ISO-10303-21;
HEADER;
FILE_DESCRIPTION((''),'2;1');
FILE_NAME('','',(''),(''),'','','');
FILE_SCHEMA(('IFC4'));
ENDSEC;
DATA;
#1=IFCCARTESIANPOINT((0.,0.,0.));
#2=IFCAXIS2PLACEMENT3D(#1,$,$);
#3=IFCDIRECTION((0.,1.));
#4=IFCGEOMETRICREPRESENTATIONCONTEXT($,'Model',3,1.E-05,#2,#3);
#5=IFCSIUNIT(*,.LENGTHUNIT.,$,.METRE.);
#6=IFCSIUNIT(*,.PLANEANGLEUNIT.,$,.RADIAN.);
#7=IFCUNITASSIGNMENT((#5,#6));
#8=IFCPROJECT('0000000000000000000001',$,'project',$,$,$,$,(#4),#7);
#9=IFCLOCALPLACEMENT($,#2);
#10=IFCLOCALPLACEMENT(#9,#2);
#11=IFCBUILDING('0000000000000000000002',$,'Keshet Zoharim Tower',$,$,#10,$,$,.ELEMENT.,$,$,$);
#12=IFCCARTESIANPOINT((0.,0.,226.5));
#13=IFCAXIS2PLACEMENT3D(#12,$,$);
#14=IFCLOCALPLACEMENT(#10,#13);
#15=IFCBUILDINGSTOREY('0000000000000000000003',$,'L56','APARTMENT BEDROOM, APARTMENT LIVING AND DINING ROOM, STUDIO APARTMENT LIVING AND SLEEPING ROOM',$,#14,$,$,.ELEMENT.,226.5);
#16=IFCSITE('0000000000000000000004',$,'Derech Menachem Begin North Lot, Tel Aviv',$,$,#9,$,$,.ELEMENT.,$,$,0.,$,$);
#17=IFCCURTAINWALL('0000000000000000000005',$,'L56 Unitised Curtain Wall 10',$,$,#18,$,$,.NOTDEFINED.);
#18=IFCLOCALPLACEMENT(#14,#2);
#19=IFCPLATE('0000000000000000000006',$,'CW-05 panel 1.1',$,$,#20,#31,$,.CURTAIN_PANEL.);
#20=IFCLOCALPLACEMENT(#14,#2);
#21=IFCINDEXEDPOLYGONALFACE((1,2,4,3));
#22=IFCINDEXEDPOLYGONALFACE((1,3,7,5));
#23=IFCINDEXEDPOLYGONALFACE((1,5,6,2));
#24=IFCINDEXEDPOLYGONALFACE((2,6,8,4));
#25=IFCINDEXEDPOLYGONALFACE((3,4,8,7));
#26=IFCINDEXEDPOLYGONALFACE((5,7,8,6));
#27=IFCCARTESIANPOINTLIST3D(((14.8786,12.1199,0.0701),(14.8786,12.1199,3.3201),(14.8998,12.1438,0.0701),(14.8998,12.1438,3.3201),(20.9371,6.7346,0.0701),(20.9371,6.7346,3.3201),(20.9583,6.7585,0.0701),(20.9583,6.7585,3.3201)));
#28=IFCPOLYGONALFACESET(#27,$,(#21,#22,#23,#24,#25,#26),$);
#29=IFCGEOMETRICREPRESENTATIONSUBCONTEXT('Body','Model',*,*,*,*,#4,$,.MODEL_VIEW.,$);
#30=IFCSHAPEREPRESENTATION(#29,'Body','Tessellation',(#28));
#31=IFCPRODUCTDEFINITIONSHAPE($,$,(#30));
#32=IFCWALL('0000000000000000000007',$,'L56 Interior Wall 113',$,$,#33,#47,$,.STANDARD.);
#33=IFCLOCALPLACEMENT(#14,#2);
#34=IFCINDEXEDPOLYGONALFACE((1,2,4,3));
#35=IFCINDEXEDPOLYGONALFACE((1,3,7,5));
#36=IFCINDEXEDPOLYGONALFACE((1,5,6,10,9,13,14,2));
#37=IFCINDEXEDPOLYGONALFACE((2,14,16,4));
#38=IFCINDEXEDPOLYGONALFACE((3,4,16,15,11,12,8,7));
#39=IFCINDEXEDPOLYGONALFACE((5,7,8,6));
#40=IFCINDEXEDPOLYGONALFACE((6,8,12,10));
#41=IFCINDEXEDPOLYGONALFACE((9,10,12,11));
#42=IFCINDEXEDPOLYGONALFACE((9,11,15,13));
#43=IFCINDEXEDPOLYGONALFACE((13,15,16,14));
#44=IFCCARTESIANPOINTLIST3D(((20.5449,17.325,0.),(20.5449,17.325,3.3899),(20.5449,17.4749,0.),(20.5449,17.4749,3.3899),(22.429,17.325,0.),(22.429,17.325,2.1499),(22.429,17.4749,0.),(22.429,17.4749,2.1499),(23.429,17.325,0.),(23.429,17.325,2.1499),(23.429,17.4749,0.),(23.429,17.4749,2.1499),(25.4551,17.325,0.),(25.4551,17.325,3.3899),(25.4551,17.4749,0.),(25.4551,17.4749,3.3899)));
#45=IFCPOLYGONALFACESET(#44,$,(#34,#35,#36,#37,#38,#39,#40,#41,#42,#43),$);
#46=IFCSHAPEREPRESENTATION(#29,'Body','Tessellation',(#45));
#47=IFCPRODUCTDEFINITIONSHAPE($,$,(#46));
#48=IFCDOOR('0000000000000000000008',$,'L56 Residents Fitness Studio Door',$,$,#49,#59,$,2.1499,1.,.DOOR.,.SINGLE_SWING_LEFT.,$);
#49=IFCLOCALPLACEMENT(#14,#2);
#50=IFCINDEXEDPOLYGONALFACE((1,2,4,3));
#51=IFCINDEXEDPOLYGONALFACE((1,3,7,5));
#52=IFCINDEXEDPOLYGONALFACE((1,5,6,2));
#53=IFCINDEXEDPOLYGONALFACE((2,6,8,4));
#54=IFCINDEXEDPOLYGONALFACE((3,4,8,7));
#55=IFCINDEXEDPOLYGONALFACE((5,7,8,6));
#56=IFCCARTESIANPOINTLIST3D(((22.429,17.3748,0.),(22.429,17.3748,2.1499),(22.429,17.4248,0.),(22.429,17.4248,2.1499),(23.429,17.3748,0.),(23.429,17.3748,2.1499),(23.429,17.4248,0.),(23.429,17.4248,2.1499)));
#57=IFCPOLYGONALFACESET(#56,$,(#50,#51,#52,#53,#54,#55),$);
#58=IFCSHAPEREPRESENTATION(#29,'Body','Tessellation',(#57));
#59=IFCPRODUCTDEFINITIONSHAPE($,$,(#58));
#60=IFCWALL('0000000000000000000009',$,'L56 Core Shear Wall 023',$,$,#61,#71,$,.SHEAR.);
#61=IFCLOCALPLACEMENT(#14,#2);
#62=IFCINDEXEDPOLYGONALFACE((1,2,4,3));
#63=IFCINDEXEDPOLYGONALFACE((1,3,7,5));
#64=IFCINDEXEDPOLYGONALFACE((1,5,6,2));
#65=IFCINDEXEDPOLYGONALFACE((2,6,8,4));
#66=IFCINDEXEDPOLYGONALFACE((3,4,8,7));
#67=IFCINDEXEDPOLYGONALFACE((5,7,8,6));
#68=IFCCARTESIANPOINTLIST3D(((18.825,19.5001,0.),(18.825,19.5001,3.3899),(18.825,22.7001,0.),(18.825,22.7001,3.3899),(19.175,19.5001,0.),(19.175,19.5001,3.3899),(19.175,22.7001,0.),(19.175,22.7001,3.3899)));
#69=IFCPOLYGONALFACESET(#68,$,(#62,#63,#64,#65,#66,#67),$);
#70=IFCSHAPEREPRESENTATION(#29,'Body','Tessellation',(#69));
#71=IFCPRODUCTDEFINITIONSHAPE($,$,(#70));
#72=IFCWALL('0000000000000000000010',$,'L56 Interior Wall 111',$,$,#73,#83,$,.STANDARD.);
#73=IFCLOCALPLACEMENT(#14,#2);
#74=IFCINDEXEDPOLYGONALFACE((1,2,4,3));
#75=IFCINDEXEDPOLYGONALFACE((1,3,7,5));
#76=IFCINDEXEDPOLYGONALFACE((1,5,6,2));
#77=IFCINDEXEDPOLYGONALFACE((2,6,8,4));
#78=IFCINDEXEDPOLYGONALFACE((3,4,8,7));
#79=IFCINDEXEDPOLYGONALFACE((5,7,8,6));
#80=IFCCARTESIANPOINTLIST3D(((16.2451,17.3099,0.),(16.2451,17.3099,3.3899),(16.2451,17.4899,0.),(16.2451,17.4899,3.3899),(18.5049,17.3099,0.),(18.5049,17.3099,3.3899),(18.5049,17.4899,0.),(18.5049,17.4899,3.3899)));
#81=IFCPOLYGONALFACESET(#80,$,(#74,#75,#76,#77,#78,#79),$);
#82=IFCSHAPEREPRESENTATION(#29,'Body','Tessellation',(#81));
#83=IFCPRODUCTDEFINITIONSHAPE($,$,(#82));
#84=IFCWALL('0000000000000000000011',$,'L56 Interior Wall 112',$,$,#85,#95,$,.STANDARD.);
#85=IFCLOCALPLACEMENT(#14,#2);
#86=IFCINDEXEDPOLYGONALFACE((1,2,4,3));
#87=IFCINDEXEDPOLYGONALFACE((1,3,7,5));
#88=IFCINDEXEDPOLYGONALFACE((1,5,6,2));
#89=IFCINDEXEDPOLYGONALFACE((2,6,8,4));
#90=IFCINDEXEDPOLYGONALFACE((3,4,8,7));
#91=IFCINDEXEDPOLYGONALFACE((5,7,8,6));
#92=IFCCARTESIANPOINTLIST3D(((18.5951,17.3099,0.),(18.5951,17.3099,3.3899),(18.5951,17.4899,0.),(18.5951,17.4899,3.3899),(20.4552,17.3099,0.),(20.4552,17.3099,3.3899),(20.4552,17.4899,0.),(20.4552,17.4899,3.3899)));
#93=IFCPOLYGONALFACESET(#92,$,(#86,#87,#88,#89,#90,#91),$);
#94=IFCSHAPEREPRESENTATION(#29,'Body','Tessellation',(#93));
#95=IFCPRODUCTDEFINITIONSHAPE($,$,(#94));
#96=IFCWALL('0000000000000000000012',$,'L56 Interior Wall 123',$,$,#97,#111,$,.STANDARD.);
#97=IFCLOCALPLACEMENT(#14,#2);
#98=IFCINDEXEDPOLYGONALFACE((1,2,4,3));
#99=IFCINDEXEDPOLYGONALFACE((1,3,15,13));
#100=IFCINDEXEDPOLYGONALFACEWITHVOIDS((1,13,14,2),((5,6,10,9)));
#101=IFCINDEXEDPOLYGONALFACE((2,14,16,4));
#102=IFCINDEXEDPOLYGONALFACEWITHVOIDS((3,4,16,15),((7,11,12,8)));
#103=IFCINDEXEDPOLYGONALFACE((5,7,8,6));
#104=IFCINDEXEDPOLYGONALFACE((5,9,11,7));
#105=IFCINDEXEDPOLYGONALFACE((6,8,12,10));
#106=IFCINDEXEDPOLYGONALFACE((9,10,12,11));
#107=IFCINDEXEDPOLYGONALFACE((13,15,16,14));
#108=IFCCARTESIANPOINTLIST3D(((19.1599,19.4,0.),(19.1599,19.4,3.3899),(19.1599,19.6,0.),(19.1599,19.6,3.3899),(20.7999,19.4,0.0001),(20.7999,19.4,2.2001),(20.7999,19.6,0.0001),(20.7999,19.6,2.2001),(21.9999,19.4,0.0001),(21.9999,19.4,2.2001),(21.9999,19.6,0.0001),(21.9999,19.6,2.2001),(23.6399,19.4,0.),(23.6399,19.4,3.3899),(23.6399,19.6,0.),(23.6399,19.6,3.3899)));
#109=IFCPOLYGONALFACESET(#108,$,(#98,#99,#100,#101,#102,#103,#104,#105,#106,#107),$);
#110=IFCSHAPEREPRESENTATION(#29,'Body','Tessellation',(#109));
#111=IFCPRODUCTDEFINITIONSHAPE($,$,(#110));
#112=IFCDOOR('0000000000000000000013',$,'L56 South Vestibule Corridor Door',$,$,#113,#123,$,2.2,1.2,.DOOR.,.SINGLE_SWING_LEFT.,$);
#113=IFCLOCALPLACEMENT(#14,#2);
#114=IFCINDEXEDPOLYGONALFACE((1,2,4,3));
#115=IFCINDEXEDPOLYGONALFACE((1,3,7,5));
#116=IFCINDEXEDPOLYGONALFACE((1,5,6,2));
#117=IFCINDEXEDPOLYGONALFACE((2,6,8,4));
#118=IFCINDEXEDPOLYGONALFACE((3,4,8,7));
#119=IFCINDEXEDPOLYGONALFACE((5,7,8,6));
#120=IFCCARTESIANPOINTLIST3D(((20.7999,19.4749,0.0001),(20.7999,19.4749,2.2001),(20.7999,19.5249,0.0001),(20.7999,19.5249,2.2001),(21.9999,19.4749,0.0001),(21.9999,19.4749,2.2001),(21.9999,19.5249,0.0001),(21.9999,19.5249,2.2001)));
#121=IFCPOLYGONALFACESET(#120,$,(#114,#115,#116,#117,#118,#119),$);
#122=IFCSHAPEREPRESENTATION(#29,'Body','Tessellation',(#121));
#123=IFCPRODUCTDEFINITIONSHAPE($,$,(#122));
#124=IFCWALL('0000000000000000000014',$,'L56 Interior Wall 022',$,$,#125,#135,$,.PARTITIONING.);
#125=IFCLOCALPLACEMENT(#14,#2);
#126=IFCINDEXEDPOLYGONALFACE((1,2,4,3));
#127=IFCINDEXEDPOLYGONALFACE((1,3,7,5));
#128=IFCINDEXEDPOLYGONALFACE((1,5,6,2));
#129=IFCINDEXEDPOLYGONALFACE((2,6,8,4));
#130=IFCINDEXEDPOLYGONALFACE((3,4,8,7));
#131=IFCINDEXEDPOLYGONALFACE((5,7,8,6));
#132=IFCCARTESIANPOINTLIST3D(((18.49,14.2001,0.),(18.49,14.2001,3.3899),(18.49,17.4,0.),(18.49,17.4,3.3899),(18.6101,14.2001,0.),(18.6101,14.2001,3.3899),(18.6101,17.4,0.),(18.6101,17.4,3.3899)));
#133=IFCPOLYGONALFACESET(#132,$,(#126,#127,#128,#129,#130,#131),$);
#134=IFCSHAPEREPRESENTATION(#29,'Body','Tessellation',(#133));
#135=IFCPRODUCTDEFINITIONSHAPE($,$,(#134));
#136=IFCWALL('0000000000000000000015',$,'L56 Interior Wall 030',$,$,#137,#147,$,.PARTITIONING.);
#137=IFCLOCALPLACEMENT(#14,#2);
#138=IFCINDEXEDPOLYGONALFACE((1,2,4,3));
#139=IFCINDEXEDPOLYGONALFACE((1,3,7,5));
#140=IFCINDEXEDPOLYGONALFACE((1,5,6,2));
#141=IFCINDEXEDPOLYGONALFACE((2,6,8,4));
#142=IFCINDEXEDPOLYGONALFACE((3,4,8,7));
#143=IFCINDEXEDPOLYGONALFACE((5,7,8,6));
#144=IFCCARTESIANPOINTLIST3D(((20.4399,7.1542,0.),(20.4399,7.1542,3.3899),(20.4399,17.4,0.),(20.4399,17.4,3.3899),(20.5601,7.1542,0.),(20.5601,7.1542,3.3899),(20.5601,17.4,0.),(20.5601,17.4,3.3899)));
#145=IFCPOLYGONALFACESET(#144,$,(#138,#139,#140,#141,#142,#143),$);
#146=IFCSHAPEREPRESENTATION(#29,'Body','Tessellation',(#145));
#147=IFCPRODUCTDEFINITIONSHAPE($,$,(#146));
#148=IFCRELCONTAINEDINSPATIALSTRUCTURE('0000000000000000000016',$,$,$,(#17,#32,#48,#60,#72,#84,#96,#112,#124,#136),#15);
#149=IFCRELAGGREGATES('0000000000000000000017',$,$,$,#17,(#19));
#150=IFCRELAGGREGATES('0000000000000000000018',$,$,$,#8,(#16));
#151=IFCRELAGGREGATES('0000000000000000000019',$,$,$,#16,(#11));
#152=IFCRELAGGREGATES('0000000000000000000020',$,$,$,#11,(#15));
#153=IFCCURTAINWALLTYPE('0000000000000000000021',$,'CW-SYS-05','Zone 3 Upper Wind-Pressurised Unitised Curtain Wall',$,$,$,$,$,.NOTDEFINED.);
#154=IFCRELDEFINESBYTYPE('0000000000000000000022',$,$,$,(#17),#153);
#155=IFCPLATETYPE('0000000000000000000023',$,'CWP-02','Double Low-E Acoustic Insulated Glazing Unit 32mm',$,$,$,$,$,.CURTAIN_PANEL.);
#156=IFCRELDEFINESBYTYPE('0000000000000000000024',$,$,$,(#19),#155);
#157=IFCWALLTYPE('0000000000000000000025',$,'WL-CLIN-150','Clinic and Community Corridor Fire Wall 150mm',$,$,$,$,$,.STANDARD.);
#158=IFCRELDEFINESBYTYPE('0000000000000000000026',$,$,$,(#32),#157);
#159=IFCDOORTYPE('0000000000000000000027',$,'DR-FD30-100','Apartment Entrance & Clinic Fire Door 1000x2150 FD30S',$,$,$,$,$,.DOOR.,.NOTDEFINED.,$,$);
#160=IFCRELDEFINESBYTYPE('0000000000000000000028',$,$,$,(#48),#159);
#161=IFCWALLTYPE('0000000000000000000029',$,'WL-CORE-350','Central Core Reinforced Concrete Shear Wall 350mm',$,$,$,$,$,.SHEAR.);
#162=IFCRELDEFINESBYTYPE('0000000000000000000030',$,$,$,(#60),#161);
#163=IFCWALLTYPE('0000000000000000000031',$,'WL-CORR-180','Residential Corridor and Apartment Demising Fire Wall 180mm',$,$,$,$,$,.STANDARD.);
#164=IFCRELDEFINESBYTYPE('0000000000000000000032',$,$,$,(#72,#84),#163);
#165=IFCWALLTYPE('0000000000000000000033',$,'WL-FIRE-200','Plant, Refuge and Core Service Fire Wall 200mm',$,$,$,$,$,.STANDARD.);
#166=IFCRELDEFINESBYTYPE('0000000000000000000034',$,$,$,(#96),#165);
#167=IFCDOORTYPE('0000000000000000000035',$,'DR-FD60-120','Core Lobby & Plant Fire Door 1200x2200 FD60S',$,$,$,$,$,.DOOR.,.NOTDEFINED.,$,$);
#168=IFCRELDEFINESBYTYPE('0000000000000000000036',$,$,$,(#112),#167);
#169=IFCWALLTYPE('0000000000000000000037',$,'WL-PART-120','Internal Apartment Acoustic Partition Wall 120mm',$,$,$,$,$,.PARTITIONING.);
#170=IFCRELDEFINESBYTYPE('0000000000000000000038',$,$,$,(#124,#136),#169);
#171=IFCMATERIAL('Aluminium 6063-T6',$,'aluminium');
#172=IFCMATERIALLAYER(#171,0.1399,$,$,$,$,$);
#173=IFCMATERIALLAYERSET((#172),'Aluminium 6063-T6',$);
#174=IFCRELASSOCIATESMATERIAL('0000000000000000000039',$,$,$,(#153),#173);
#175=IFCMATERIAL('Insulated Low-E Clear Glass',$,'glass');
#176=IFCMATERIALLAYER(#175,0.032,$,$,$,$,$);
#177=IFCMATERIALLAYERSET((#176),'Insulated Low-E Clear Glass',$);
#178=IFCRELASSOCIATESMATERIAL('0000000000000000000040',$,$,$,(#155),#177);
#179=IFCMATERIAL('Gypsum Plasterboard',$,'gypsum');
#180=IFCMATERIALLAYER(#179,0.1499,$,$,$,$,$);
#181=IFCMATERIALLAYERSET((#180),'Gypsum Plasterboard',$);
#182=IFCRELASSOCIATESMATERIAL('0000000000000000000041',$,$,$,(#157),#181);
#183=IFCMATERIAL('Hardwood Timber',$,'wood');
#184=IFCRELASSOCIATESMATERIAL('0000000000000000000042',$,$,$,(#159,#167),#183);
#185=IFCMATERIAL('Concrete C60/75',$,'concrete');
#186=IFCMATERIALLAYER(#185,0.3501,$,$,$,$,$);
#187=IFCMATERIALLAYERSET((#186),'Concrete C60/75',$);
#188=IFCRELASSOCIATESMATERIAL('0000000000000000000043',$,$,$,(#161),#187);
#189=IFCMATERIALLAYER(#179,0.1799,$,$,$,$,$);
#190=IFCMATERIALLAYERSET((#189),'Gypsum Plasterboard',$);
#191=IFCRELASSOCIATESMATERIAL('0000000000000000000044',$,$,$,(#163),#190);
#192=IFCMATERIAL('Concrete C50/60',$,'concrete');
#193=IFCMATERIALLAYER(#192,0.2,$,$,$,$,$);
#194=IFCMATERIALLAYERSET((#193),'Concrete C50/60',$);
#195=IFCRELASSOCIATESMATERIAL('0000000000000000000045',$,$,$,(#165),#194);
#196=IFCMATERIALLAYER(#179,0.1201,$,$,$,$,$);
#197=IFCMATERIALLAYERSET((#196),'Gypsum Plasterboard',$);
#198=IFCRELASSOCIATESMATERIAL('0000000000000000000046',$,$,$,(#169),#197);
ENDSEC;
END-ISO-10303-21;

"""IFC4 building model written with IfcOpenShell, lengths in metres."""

from ifc_helpers import new_model, si_unit, direction, frame, frame_2d, origin, origin_2d, place, context, subcontext, project, spatial, rectangle, extrude, material, layer, layer_set, type_object, element, fill, aggregate, save


model = new_model("IFC4")

# Units and contexts
model_context = context("Model", 3, precision=1e-05, world=origin(), true_north=direction((0.0, 1.0)))
body_context = subcontext(model_context, "Body", "Model", "MODEL_VIEW")
ifc_project = project(units=[si_unit("LENGTHUNIT", "METRE"), si_unit("PLANEANGLEUNIT", "RADIAN")], contexts=[model_context])

# Site, building, storey
site_placement = place(None, origin())
site = spatial("IfcSite", under=ifc_project, at=site_placement, Name="Derech Menachem Begin North Lot, Tel Aviv", CompositionType="ELEMENT", RefElevation=0.0)
building_placement = place(site_placement, origin())
building = spatial("IfcBuilding", under=site, at=building_placement, Name="Keshet Zoharim Tower", CompositionType="ELEMENT")
storey_placement = place(building_placement, frame((0.0, 0.0, 226.5)))
storey = spatial("IfcBuildingStorey", under=building, at=storey_placement, Name="L56", Description="APARTMENT BEDROOM, APARTMENT LIVING AND DINING ROOM, STUDIO APARTMENT LIVING AND SLEEPING ROOM", CompositionType="ELEMENT", Elevation=226.5)

# Curtain wall, plate
ifc_material_1 = material(Name="Aluminium 6063-T6", Category="aluminium")
ifc_layer_1 = layer(ifc_material_1, 0.1399)
ifc_layer_set_1 = layer_set([ifc_layer_1], Name="Aluminium 6063-T6")
curtain_wall_type = type_object("IfcCurtainWallType", Name="CW-SYS-05", Description="Zone 3 Upper Wind-Pressurised Unitised Curtain Wall", PredefinedType="NOTDEFINED", material=ifc_layer_set_1)
curtain_wall_placement = place(storey_placement, origin())
curtain_wall = element("IfcCurtainWall", 1, at=curtain_wall_placement, inside=storey, type_object=curtain_wall_type, Name="L56 Unitised Curtain Wall 10", PredefinedType="NOTDEFINED")
ifc_material_2 = material(Name="Insulated Low-E Clear Glass", Category="glass")
ifc_layer_2 = layer(ifc_material_2, 0.032)
ifc_layer_set_2 = layer_set([ifc_layer_2], Name="Insulated Low-E Clear Glass")
plate_type = type_object("IfcPlateType", Name="CWP-02", Description="Double Low-E Acoustic Insulated Glazing Unit 32mm", PredefinedType="CURTAIN_PANEL", material=ifc_layer_set_2)
plate_placement = place(storey_placement, frame((17.9185, 9.4392, 0.0701), z_axis=(0.0, 0.0, 1.0), x_axis=(-0.74741, 0.664363, 0.0)))
plate = element("IfcPlate", 2, at=plate_placement, type_object=plate_type, Name="CW-05 panel 1.1", PredefinedType="CURTAIN_PANEL", context=body_context, shape_type="SweptSolid", body=[
    extrude(rectangle(XDim=8.106, YDim=0.032, at=origin_2d()), origin(), (0.0, 0.0, 1.0), 3.25),
])
aggregate(curtain_wall, [plate])

# Wall, opening, door
ifc_material_3 = material(Name="Gypsum Plasterboard", Category="gypsum")
ifc_layer_3 = layer(ifc_material_3, 0.1499)
ifc_layer_set_3 = layer_set([ifc_layer_3], Name="Gypsum Plasterboard")
wall_type_1 = type_object("IfcWallType", Name="WL-CLIN-150", Description="Clinic and Community Corridor Fire Wall 150mm", PredefinedType="STANDARD", material=ifc_layer_set_3)
wall_1_placement = place(storey_placement, frame((20.5449, 17.3999, 0.0), z_axis=(0.0, 0.0, 1.0), x_axis=(1.0, 0.0, 0.0)))
wall_1 = element("IfcWall", 3, at=wall_1_placement, inside=storey, type_object=wall_type_1, Name="L56 Interior Wall 113", PredefinedType="STANDARD", context=body_context, shape_type="SweptSolid", body=[
    extrude(rectangle(XDim=4.9102, YDim=0.1499, at=frame_2d((2.4551, 0.0))), origin(), (0.0, 0.0, 1.0), 3.3899),
])
opening_1_placement = place(wall_1_placement, frame((1.884, 0.0, 0.0)))
opening_1 = element("IfcOpeningElement", 4, at=opening_1_placement, cuts=wall_1, PredefinedType="OPENING", context=body_context, shape_type="SweptSolid", body=[
    extrude(rectangle(XDim=1.0, YDim=2.1499, at=frame_2d((0.5, 1.075))), frame((0.0, 0.085, 0.0), z_axis=(0.0, -1.0, 0.0), x_axis=(1.0, 0.0, 0.0)), (0.0, 0.0, 1.0), 0.1699),
])
ifc_material_4 = material(Name="Hardwood Timber", Category="wood")
door_type_1 = type_object("IfcDoorType", Name="DR-FD30-100", Description="Apartment Entrance & Clinic Fire Door 1000x2150 FD30S", OperationType="NOTDEFINED", PredefinedType="DOOR", material=ifc_material_4)
door_1_placement = place(opening_1_placement, origin())
door_1 = element("IfcDoor", 5, at=door_1_placement, inside=storey, type_object=door_type_1, Name="L56 Residents Fitness Studio Door", OperationType="SINGLE_SWING_LEFT", OverallHeight=2.1499, OverallWidth=1.0, PredefinedType="DOOR", context=body_context, shape_type="SweptSolid", body=[
    extrude(rectangle(XDim=1.0, YDim=2.1499, at=frame_2d((0.5, 1.075))), frame((0.0, 0.0249, 0.0), z_axis=(0.0, -1.0, 0.0), x_axis=(1.0, 0.0, 0.0)), (0.0, 0.0, 1.0), 0.05),
])
fill(opening_1, door_1)

# Walls
ifc_material_5 = material(Name="Concrete C60/75", Category="concrete")
ifc_layer_4 = layer(ifc_material_5, 0.3501)
ifc_layer_set_4 = layer_set([ifc_layer_4], Name="Concrete C60/75")
wall_type_2 = type_object("IfcWallType", Name="WL-CORE-350", Description="Central Core Reinforced Concrete Shear Wall 350mm", PredefinedType="SHEAR", material=ifc_layer_set_4)
wall_2_placement = place(storey_placement, frame((19.0, 19.5, 0.0), z_axis=(0.0, 0.0, 1.0), x_axis=(0.0, 1.0, 0.0)))
element("IfcWall", 6, at=wall_2_placement, inside=storey, type_object=wall_type_2, Name="L56 Core Shear Wall 023", PredefinedType="SHEAR", context=body_context, shape_type="SweptSolid", body=[
    extrude(rectangle(XDim=3.2, YDim=0.3501, at=frame_2d((1.6001, 0.0))), origin(), (0.0, 0.0, 1.0), 3.3899),
])
ifc_layer_5 = layer(ifc_material_3, 0.1799)
ifc_layer_set_5 = layer_set([ifc_layer_5], Name="Gypsum Plasterboard")
wall_type_3 = type_object("IfcWallType", Name="WL-CORR-180", Description="Residential Corridor and Apartment Demising Fire Wall 180mm", PredefinedType="STANDARD", material=ifc_layer_set_5)
wall_3_placement = place(storey_placement, frame((16.2451, 17.3999, 0.0), z_axis=(0.0, 0.0, 1.0), x_axis=(1.0, 0.0, 0.0)))
element("IfcWall", 7, at=wall_3_placement, inside=storey, type_object=wall_type_3, Name="L56 Interior Wall 111", PredefinedType="STANDARD", context=body_context, shape_type="SweptSolid", body=[
    extrude(rectangle(XDim=2.2598, YDim=0.1799, at=frame_2d((1.1299, 0.0))), origin(), (0.0, 0.0, 1.0), 3.3899),
])
wall_4_placement = place(storey_placement, frame((18.595, 17.3999, 0.0), z_axis=(0.0, 0.0, 1.0), x_axis=(1.0, 0.0, 0.0)))
element("IfcWall", 8, at=wall_4_placement, inside=storey, type_object=wall_type_3, Name="L56 Interior Wall 112", PredefinedType="STANDARD", context=body_context, shape_type="SweptSolid", body=[
    extrude(rectangle(XDim=1.8601, YDim=0.1799, at=frame_2d((0.9302, 0.0))), origin(), (0.0, 0.0, 1.0), 3.3899),
])

# Wall, opening, door
ifc_material_6 = material(Name="Concrete C50/60", Category="concrete")
ifc_layer_6 = layer(ifc_material_6, 0.2)
ifc_layer_set_6 = layer_set([ifc_layer_6], Name="Concrete C50/60")
wall_type_4 = type_object("IfcWallType", Name="WL-FIRE-200", Description="Plant, Refuge and Core Service Fire Wall 200mm", PredefinedType="STANDARD", material=ifc_layer_set_6)
wall_5_placement = place(storey_placement, frame((19.1599, 19.5, 0.0), z_axis=(0.0, 0.0, 1.0), x_axis=(1.0, 0.0, 0.0)))
wall_5 = element("IfcWall", 9, at=wall_5_placement, inside=storey, type_object=wall_type_4, Name="L56 Interior Wall 123", PredefinedType="STANDARD", context=body_context, shape_type="SweptSolid", body=[
    extrude(rectangle(XDim=4.48, YDim=0.2, at=frame_2d((2.24, 0.0))), origin(), (0.0, 0.0, 1.0), 3.3899),
])
opening_2_placement = place(wall_5_placement, frame((1.6399, 0.0, 0.0)))
opening_2 = element("IfcOpeningElement", 10, at=opening_2_placement, cuts=wall_5, PredefinedType="OPENING", context=body_context, shape_type="SweptSolid", body=[
    extrude(rectangle(XDim=1.2, YDim=2.2, at=frame_2d((0.6001, 1.1001))), frame((0.0, 0.1099, 0.0), z_axis=(0.0, -1.0, 0.0), x_axis=(1.0, 0.0, 0.0)), (0.0, 0.0, 1.0), 0.22),
])
door_type_2 = type_object("IfcDoorType", Name="DR-FD60-120", Description="Core Lobby & Plant Fire Door 1200x2200 FD60S", OperationType="NOTDEFINED", PredefinedType="DOOR", material=ifc_material_4)
door_2_placement = place(opening_2_placement, origin())
door_2 = element("IfcDoor", 11, at=door_2_placement, inside=storey, type_object=door_type_2, Name="L56 South Vestibule Corridor Door", OperationType="SINGLE_SWING_LEFT", OverallHeight=2.2, OverallWidth=1.2, PredefinedType="DOOR", context=body_context, shape_type="SweptSolid", body=[
    extrude(rectangle(XDim=1.2, YDim=2.2, at=frame_2d((0.6001, 1.1001))), frame((0.0, 0.0249, 0.0), z_axis=(0.0, -1.0, 0.0), x_axis=(1.0, 0.0, 0.0)), (0.0, 0.0, 1.0), 0.05),
])
fill(opening_2, door_2)
ifc_layer_7 = layer(ifc_material_3, 0.1201)
ifc_layer_set_7 = layer_set([ifc_layer_7], Name="Gypsum Plasterboard")
wall_type_5 = type_object("IfcWallType", Name="WL-PART-120", Description="Internal Apartment Acoustic Partition Wall 120mm", PredefinedType="PARTITIONING", material=ifc_layer_set_7)

# Walls
wall_6_placement = place(storey_placement, frame((18.55, 14.2, 0.0), z_axis=(0.0, 0.0, 1.0), x_axis=(0.0, 1.0, 0.0)))
element("IfcWall", 12, at=wall_6_placement, inside=storey, type_object=wall_type_5, Name="L56 Interior Wall 022", PredefinedType="PARTITIONING", context=body_context, shape_type="SweptSolid", body=[
    extrude(rectangle(XDim=3.2, YDim=0.1201, at=frame_2d((1.6001, 0.0))), origin(), (0.0, 0.0, 1.0), 3.3899),
])
wall_7_placement = place(storey_placement, frame((20.5, 7.1541, 0.0), z_axis=(0.0, 0.0, 1.0), x_axis=(0.0, 1.0, 0.0)))
element("IfcWall", 13, at=wall_7_placement, inside=storey, type_object=wall_type_5, Name="L56 Interior Wall 030", PredefinedType="PARTITIONING", context=body_context, shape_type="SweptSolid", body=[
    extrude(rectangle(XDim=10.2458, YDim=0.1201, at=frame_2d((5.123, 0.0))), origin(), (0.0, 0.0, 1.0), 3.3899),
])

save(model, "model.ifc")
